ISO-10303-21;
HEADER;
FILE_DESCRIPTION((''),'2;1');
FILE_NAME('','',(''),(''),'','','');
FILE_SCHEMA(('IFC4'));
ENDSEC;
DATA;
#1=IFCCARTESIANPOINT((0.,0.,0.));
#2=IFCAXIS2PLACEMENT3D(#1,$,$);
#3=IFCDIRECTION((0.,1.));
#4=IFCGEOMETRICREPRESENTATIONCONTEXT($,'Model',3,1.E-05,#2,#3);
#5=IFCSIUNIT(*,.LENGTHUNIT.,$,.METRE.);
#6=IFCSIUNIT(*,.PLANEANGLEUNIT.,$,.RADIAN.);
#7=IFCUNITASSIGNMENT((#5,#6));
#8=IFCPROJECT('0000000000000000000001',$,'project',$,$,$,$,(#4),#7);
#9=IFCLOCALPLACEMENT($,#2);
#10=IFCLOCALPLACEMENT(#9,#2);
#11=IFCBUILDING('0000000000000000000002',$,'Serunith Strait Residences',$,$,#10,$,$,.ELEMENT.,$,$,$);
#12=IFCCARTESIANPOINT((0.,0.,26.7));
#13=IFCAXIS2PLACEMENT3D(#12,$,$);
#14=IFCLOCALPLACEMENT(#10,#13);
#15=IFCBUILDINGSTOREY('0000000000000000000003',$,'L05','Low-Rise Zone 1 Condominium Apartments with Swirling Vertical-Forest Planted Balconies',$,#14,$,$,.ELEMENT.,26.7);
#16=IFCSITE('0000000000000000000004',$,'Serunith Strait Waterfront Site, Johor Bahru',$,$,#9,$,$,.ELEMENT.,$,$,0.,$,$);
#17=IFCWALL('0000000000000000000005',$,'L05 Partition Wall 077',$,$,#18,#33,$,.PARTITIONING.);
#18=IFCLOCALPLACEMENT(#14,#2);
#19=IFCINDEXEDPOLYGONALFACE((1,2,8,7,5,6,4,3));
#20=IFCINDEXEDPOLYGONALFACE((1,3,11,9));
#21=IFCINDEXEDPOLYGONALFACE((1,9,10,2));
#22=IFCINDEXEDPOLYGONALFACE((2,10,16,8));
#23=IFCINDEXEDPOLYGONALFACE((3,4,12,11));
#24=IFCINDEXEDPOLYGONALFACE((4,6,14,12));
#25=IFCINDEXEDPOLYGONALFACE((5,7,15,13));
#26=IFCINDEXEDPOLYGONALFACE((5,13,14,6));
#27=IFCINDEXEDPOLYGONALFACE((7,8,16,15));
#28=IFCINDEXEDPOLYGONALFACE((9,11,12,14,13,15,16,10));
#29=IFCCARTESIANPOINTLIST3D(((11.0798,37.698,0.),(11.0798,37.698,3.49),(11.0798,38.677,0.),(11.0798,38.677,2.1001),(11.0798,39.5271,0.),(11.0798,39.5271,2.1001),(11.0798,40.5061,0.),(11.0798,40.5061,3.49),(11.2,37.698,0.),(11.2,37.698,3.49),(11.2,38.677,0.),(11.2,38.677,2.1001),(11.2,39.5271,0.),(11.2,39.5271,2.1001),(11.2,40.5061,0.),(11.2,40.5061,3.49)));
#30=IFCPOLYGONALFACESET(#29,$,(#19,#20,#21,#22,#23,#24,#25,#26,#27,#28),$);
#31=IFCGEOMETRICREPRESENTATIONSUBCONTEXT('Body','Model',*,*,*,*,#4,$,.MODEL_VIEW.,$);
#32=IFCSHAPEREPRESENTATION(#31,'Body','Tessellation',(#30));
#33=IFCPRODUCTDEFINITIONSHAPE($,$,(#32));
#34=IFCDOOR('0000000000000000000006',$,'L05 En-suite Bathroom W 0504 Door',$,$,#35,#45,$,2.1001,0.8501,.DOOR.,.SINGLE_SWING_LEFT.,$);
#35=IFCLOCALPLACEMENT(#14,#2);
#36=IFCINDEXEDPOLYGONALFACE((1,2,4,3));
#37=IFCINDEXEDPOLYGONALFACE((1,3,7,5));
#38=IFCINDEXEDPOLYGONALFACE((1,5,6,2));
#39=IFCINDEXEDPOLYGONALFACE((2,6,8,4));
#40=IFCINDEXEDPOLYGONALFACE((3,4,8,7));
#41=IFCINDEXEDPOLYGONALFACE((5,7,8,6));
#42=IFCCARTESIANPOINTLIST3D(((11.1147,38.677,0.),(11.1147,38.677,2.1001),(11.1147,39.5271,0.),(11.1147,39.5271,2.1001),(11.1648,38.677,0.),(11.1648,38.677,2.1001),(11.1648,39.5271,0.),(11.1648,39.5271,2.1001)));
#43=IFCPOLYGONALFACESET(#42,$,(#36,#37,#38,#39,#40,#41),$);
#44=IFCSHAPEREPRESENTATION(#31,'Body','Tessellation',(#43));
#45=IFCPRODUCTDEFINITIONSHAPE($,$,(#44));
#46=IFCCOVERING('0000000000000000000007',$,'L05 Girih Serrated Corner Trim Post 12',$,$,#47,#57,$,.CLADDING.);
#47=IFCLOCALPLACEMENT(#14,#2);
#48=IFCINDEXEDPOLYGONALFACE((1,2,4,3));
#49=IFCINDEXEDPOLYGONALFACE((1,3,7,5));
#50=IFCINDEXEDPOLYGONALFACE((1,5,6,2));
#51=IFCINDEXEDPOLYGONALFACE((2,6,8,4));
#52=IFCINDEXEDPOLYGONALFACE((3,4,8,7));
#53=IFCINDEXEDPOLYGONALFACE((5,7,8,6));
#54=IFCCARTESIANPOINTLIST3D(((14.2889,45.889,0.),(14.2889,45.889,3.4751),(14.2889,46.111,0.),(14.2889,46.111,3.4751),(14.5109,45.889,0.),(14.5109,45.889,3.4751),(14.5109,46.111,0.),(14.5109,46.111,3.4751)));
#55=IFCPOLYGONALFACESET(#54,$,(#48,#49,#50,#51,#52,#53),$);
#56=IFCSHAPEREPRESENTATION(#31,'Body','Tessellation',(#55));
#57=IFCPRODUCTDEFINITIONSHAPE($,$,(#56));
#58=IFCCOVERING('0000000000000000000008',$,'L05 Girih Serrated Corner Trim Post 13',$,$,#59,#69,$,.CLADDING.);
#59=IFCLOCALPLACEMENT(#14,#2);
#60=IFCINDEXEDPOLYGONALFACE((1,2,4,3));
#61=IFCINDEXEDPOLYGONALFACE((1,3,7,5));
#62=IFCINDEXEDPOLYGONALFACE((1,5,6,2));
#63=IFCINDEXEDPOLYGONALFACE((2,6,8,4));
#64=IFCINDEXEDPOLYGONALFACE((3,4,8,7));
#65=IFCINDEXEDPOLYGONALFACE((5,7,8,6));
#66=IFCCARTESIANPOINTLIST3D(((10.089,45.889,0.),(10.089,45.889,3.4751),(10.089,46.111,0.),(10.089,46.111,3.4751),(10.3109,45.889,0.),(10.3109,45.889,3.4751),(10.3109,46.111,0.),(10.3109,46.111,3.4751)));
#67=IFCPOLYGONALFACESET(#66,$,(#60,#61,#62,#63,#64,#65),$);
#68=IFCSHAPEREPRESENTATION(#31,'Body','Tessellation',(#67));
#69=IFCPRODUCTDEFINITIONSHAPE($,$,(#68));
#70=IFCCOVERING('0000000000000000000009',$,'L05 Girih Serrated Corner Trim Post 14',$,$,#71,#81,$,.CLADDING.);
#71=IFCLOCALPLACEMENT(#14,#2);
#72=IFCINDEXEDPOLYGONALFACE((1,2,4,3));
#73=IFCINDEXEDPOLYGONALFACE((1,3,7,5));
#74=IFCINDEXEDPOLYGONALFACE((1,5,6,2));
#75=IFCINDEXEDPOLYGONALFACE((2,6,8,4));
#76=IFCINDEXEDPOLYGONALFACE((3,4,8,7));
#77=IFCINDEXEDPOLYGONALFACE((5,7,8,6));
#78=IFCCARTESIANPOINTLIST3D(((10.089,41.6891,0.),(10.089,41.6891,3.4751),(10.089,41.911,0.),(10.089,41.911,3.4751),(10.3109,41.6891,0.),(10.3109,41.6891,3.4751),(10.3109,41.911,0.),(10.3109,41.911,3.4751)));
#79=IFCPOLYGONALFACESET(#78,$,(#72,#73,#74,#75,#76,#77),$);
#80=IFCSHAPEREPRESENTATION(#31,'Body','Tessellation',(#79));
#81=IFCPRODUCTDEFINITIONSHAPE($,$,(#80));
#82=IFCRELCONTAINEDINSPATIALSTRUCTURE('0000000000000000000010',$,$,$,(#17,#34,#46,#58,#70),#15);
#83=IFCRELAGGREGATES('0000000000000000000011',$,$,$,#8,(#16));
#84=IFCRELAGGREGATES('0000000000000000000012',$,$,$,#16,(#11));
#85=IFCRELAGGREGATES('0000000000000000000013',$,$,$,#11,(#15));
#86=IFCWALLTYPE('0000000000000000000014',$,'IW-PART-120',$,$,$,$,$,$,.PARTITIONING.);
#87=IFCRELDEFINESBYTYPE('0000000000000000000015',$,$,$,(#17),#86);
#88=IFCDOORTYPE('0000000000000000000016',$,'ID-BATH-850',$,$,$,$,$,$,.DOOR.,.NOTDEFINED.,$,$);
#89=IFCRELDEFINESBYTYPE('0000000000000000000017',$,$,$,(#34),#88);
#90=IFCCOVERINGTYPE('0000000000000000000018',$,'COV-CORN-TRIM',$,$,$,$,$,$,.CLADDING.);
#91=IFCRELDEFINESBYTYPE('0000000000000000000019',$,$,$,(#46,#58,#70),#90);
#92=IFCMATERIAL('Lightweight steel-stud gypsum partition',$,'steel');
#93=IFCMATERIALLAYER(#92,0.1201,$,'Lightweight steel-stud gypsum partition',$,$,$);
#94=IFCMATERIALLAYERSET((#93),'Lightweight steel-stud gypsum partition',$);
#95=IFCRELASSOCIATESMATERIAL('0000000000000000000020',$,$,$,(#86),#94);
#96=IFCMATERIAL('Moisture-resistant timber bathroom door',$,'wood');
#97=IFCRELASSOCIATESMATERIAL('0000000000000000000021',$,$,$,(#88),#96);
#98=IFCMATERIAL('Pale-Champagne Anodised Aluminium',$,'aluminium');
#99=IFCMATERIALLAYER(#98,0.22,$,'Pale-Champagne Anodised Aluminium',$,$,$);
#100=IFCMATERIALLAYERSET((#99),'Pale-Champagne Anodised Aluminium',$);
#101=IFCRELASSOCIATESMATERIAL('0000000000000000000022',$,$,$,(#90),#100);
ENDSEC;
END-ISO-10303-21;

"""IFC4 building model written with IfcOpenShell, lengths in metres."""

from ifc_helpers import new_model, si_unit, direction, frame, frame_2d, origin, origin_2d, place, context, subcontext, project, spatial, rectangle, extrude, source, transform, mapped, material, layer, layer_set, type_object, element, fill, save


model = new_model("IFC4")

# Units and contexts
model_context = context("Model", 3, precision=1e-05, world=origin(), true_north=direction((0.0, 1.0)))
body_context = subcontext(model_context, "Body", "Model", "MODEL_VIEW")
ifc_project = project(units=[si_unit("LENGTHUNIT", "METRE"), si_unit("PLANEANGLEUNIT", "RADIAN")], contexts=[model_context])

# Site, building, storey
site_placement = place(None, origin())
site = spatial("IfcSite", under=ifc_project, at=site_placement, Name="Serunith Strait Waterfront Site, Johor Bahru", CompositionType="ELEMENT", RefElevation=0.0)
building_placement = place(site_placement, origin())
building = spatial("IfcBuilding", under=site, at=building_placement, Name="Serunith Strait Residences", CompositionType="ELEMENT")
storey_placement = place(building_placement, frame((0.0, 0.0, 26.7)))
storey = spatial("IfcBuildingStorey", under=building, at=storey_placement, Name="L05", Description="Low-Rise Zone 1 Condominium Apartments with Swirling Vertical-Forest Planted Balconies", CompositionType="ELEMENT", Elevation=26.7)

# Shared definitions
ifc_material_1 = material(Name="Pale-Champagne Anodised Aluminium", Category="aluminium")

# Shared definitions
ifc_material_2 = material(Name="Lightweight steel-stud gypsum partition", Category="steel")
ifc_layer_1 = layer(ifc_material_2, 0.1201, Name="Lightweight steel-stud gypsum partition")
ifc_layer_set_1 = layer_set([ifc_layer_1], Name="Lightweight steel-stud gypsum partition")
wall_type_1 = type_object("IfcWallType", Name="IW-PART-120", PredefinedType="PARTITIONING", material=ifc_layer_set_1)

# Wall, opening, door
wall_1_placement = place(storey_placement, frame((11.1399, 40.5061, 0.0), z_axis=(0.0, 0.0, 1.0), x_axis=(0.0, -1.0, 0.0)))
wall_1 = element("IfcWall", 1, at=wall_1_placement, inside=storey, type_object=wall_type_1, Name="L05 Partition Wall 077", PredefinedType="PARTITIONING", context=body_context, shape_type="SweptSolid", body=[
    extrude(rectangle(XDim=2.8081, YDim=0.1201, at=frame_2d((1.4041, 0.0))), origin(), (0.0, 0.0, 1.0), 3.49),
])
opening_1_placement = place(wall_1_placement, frame((0.979, 0.0, 0.0)))
opening_1 = element("IfcOpeningElement", 2, at=opening_1_placement, cuts=wall_1, PredefinedType="OPENING", context=body_context, shape_type="SweptSolid", body=[
    extrude(rectangle(XDim=0.8501, YDim=2.1001, at=frame_2d((0.425, 1.05))), frame((0.0, 0.0701, 0.0), z_axis=(0.0, -1.0, 0.0), x_axis=(1.0, 0.0, 0.0)), (0.0, 0.0, 1.0), 0.1401),
])
ifc_material_3 = material(Name="Moisture-resistant timber bathroom door", Category="wood")
door_type = type_object("IfcDoorType", Name="ID-BATH-850", OperationType="NOTDEFINED", PredefinedType="DOOR", material=ifc_material_3)
shared_shape_1 = source(origin(), body_context, "Body", "SweptSolid", [
    extrude(rectangle(XDim=0.8501, YDim=2.1001, at=frame_2d((0.425, 1.05))), frame((0.0, 0.0249, 0.0), z_axis=(0.0, -1.0, 0.0), x_axis=(1.0, 0.0, 0.0)), (0.0, 0.0, 1.0), 0.05),
])
door_placement = place(opening_1_placement, origin())
door = element("IfcDoor", 3, at=door_placement, inside=storey, type_object=door_type, Name="L05 En-suite Bathroom W 0504 Door", OperationType="SINGLE_SWING_LEFT", OverallHeight=2.1001, OverallWidth=0.8501, PredefinedType="DOOR", context=body_context, shape_type="MappedRepresentation", body=[
    mapped(shared_shape_1, transform((0.0, 0.0, 0.0), scale=1.0)),
])
fill(opening_1, door)

# Coverings
ifc_layer_2 = layer(ifc_material_1, 0.22, Name="Pale-Champagne Anodised Aluminium")
ifc_layer_set_2 = layer_set([ifc_layer_2], Name="Pale-Champagne Anodised Aluminium")
covering_type = type_object("IfcCoveringType", Name="COV-CORN-TRIM", PredefinedType="CLADDING", material=ifc_layer_set_2)
shared_shape_2 = source(origin(), body_context, "Body", "SweptSolid", [
    extrude(rectangle(XDim=0.2219, YDim=0.2219, at=origin_2d()), origin(), (0.0, 0.0, 1.0), 3.4751),
])
for number, where, z_axis, x_axis, name in (
    (4, (14.3999, 46.0, 0.0), (0.0, 0.0, 1.0), (1.0, 0.0, 0.0), "L05 Girih Serrated Corner Trim Post 12"),
    (5, (10.2, 46.0, 0.0), (0.0, 0.0, 1.0), (1.0, 0.0, 0.0), "L05 Girih Serrated Corner Trim Post 13"),
    (6, (10.2, 41.8, 0.0), (0.0, 0.0, 1.0), (1.0, 0.0, 0.0), "L05 Girih Serrated Corner Trim Post 14"),
):
    element("IfcCovering", number, at=place(storey_placement, frame(where, z_axis=z_axis, x_axis=x_axis)), inside=storey, type_object=covering_type, Name=name, PredefinedType="CLADDING", context=body_context, shape_type="MappedRepresentation", body=[
        mapped(shared_shape_2, transform((0.0, 0.0, 0.0), scale=1.0)),
    ])

save(model, "model.ifc")
